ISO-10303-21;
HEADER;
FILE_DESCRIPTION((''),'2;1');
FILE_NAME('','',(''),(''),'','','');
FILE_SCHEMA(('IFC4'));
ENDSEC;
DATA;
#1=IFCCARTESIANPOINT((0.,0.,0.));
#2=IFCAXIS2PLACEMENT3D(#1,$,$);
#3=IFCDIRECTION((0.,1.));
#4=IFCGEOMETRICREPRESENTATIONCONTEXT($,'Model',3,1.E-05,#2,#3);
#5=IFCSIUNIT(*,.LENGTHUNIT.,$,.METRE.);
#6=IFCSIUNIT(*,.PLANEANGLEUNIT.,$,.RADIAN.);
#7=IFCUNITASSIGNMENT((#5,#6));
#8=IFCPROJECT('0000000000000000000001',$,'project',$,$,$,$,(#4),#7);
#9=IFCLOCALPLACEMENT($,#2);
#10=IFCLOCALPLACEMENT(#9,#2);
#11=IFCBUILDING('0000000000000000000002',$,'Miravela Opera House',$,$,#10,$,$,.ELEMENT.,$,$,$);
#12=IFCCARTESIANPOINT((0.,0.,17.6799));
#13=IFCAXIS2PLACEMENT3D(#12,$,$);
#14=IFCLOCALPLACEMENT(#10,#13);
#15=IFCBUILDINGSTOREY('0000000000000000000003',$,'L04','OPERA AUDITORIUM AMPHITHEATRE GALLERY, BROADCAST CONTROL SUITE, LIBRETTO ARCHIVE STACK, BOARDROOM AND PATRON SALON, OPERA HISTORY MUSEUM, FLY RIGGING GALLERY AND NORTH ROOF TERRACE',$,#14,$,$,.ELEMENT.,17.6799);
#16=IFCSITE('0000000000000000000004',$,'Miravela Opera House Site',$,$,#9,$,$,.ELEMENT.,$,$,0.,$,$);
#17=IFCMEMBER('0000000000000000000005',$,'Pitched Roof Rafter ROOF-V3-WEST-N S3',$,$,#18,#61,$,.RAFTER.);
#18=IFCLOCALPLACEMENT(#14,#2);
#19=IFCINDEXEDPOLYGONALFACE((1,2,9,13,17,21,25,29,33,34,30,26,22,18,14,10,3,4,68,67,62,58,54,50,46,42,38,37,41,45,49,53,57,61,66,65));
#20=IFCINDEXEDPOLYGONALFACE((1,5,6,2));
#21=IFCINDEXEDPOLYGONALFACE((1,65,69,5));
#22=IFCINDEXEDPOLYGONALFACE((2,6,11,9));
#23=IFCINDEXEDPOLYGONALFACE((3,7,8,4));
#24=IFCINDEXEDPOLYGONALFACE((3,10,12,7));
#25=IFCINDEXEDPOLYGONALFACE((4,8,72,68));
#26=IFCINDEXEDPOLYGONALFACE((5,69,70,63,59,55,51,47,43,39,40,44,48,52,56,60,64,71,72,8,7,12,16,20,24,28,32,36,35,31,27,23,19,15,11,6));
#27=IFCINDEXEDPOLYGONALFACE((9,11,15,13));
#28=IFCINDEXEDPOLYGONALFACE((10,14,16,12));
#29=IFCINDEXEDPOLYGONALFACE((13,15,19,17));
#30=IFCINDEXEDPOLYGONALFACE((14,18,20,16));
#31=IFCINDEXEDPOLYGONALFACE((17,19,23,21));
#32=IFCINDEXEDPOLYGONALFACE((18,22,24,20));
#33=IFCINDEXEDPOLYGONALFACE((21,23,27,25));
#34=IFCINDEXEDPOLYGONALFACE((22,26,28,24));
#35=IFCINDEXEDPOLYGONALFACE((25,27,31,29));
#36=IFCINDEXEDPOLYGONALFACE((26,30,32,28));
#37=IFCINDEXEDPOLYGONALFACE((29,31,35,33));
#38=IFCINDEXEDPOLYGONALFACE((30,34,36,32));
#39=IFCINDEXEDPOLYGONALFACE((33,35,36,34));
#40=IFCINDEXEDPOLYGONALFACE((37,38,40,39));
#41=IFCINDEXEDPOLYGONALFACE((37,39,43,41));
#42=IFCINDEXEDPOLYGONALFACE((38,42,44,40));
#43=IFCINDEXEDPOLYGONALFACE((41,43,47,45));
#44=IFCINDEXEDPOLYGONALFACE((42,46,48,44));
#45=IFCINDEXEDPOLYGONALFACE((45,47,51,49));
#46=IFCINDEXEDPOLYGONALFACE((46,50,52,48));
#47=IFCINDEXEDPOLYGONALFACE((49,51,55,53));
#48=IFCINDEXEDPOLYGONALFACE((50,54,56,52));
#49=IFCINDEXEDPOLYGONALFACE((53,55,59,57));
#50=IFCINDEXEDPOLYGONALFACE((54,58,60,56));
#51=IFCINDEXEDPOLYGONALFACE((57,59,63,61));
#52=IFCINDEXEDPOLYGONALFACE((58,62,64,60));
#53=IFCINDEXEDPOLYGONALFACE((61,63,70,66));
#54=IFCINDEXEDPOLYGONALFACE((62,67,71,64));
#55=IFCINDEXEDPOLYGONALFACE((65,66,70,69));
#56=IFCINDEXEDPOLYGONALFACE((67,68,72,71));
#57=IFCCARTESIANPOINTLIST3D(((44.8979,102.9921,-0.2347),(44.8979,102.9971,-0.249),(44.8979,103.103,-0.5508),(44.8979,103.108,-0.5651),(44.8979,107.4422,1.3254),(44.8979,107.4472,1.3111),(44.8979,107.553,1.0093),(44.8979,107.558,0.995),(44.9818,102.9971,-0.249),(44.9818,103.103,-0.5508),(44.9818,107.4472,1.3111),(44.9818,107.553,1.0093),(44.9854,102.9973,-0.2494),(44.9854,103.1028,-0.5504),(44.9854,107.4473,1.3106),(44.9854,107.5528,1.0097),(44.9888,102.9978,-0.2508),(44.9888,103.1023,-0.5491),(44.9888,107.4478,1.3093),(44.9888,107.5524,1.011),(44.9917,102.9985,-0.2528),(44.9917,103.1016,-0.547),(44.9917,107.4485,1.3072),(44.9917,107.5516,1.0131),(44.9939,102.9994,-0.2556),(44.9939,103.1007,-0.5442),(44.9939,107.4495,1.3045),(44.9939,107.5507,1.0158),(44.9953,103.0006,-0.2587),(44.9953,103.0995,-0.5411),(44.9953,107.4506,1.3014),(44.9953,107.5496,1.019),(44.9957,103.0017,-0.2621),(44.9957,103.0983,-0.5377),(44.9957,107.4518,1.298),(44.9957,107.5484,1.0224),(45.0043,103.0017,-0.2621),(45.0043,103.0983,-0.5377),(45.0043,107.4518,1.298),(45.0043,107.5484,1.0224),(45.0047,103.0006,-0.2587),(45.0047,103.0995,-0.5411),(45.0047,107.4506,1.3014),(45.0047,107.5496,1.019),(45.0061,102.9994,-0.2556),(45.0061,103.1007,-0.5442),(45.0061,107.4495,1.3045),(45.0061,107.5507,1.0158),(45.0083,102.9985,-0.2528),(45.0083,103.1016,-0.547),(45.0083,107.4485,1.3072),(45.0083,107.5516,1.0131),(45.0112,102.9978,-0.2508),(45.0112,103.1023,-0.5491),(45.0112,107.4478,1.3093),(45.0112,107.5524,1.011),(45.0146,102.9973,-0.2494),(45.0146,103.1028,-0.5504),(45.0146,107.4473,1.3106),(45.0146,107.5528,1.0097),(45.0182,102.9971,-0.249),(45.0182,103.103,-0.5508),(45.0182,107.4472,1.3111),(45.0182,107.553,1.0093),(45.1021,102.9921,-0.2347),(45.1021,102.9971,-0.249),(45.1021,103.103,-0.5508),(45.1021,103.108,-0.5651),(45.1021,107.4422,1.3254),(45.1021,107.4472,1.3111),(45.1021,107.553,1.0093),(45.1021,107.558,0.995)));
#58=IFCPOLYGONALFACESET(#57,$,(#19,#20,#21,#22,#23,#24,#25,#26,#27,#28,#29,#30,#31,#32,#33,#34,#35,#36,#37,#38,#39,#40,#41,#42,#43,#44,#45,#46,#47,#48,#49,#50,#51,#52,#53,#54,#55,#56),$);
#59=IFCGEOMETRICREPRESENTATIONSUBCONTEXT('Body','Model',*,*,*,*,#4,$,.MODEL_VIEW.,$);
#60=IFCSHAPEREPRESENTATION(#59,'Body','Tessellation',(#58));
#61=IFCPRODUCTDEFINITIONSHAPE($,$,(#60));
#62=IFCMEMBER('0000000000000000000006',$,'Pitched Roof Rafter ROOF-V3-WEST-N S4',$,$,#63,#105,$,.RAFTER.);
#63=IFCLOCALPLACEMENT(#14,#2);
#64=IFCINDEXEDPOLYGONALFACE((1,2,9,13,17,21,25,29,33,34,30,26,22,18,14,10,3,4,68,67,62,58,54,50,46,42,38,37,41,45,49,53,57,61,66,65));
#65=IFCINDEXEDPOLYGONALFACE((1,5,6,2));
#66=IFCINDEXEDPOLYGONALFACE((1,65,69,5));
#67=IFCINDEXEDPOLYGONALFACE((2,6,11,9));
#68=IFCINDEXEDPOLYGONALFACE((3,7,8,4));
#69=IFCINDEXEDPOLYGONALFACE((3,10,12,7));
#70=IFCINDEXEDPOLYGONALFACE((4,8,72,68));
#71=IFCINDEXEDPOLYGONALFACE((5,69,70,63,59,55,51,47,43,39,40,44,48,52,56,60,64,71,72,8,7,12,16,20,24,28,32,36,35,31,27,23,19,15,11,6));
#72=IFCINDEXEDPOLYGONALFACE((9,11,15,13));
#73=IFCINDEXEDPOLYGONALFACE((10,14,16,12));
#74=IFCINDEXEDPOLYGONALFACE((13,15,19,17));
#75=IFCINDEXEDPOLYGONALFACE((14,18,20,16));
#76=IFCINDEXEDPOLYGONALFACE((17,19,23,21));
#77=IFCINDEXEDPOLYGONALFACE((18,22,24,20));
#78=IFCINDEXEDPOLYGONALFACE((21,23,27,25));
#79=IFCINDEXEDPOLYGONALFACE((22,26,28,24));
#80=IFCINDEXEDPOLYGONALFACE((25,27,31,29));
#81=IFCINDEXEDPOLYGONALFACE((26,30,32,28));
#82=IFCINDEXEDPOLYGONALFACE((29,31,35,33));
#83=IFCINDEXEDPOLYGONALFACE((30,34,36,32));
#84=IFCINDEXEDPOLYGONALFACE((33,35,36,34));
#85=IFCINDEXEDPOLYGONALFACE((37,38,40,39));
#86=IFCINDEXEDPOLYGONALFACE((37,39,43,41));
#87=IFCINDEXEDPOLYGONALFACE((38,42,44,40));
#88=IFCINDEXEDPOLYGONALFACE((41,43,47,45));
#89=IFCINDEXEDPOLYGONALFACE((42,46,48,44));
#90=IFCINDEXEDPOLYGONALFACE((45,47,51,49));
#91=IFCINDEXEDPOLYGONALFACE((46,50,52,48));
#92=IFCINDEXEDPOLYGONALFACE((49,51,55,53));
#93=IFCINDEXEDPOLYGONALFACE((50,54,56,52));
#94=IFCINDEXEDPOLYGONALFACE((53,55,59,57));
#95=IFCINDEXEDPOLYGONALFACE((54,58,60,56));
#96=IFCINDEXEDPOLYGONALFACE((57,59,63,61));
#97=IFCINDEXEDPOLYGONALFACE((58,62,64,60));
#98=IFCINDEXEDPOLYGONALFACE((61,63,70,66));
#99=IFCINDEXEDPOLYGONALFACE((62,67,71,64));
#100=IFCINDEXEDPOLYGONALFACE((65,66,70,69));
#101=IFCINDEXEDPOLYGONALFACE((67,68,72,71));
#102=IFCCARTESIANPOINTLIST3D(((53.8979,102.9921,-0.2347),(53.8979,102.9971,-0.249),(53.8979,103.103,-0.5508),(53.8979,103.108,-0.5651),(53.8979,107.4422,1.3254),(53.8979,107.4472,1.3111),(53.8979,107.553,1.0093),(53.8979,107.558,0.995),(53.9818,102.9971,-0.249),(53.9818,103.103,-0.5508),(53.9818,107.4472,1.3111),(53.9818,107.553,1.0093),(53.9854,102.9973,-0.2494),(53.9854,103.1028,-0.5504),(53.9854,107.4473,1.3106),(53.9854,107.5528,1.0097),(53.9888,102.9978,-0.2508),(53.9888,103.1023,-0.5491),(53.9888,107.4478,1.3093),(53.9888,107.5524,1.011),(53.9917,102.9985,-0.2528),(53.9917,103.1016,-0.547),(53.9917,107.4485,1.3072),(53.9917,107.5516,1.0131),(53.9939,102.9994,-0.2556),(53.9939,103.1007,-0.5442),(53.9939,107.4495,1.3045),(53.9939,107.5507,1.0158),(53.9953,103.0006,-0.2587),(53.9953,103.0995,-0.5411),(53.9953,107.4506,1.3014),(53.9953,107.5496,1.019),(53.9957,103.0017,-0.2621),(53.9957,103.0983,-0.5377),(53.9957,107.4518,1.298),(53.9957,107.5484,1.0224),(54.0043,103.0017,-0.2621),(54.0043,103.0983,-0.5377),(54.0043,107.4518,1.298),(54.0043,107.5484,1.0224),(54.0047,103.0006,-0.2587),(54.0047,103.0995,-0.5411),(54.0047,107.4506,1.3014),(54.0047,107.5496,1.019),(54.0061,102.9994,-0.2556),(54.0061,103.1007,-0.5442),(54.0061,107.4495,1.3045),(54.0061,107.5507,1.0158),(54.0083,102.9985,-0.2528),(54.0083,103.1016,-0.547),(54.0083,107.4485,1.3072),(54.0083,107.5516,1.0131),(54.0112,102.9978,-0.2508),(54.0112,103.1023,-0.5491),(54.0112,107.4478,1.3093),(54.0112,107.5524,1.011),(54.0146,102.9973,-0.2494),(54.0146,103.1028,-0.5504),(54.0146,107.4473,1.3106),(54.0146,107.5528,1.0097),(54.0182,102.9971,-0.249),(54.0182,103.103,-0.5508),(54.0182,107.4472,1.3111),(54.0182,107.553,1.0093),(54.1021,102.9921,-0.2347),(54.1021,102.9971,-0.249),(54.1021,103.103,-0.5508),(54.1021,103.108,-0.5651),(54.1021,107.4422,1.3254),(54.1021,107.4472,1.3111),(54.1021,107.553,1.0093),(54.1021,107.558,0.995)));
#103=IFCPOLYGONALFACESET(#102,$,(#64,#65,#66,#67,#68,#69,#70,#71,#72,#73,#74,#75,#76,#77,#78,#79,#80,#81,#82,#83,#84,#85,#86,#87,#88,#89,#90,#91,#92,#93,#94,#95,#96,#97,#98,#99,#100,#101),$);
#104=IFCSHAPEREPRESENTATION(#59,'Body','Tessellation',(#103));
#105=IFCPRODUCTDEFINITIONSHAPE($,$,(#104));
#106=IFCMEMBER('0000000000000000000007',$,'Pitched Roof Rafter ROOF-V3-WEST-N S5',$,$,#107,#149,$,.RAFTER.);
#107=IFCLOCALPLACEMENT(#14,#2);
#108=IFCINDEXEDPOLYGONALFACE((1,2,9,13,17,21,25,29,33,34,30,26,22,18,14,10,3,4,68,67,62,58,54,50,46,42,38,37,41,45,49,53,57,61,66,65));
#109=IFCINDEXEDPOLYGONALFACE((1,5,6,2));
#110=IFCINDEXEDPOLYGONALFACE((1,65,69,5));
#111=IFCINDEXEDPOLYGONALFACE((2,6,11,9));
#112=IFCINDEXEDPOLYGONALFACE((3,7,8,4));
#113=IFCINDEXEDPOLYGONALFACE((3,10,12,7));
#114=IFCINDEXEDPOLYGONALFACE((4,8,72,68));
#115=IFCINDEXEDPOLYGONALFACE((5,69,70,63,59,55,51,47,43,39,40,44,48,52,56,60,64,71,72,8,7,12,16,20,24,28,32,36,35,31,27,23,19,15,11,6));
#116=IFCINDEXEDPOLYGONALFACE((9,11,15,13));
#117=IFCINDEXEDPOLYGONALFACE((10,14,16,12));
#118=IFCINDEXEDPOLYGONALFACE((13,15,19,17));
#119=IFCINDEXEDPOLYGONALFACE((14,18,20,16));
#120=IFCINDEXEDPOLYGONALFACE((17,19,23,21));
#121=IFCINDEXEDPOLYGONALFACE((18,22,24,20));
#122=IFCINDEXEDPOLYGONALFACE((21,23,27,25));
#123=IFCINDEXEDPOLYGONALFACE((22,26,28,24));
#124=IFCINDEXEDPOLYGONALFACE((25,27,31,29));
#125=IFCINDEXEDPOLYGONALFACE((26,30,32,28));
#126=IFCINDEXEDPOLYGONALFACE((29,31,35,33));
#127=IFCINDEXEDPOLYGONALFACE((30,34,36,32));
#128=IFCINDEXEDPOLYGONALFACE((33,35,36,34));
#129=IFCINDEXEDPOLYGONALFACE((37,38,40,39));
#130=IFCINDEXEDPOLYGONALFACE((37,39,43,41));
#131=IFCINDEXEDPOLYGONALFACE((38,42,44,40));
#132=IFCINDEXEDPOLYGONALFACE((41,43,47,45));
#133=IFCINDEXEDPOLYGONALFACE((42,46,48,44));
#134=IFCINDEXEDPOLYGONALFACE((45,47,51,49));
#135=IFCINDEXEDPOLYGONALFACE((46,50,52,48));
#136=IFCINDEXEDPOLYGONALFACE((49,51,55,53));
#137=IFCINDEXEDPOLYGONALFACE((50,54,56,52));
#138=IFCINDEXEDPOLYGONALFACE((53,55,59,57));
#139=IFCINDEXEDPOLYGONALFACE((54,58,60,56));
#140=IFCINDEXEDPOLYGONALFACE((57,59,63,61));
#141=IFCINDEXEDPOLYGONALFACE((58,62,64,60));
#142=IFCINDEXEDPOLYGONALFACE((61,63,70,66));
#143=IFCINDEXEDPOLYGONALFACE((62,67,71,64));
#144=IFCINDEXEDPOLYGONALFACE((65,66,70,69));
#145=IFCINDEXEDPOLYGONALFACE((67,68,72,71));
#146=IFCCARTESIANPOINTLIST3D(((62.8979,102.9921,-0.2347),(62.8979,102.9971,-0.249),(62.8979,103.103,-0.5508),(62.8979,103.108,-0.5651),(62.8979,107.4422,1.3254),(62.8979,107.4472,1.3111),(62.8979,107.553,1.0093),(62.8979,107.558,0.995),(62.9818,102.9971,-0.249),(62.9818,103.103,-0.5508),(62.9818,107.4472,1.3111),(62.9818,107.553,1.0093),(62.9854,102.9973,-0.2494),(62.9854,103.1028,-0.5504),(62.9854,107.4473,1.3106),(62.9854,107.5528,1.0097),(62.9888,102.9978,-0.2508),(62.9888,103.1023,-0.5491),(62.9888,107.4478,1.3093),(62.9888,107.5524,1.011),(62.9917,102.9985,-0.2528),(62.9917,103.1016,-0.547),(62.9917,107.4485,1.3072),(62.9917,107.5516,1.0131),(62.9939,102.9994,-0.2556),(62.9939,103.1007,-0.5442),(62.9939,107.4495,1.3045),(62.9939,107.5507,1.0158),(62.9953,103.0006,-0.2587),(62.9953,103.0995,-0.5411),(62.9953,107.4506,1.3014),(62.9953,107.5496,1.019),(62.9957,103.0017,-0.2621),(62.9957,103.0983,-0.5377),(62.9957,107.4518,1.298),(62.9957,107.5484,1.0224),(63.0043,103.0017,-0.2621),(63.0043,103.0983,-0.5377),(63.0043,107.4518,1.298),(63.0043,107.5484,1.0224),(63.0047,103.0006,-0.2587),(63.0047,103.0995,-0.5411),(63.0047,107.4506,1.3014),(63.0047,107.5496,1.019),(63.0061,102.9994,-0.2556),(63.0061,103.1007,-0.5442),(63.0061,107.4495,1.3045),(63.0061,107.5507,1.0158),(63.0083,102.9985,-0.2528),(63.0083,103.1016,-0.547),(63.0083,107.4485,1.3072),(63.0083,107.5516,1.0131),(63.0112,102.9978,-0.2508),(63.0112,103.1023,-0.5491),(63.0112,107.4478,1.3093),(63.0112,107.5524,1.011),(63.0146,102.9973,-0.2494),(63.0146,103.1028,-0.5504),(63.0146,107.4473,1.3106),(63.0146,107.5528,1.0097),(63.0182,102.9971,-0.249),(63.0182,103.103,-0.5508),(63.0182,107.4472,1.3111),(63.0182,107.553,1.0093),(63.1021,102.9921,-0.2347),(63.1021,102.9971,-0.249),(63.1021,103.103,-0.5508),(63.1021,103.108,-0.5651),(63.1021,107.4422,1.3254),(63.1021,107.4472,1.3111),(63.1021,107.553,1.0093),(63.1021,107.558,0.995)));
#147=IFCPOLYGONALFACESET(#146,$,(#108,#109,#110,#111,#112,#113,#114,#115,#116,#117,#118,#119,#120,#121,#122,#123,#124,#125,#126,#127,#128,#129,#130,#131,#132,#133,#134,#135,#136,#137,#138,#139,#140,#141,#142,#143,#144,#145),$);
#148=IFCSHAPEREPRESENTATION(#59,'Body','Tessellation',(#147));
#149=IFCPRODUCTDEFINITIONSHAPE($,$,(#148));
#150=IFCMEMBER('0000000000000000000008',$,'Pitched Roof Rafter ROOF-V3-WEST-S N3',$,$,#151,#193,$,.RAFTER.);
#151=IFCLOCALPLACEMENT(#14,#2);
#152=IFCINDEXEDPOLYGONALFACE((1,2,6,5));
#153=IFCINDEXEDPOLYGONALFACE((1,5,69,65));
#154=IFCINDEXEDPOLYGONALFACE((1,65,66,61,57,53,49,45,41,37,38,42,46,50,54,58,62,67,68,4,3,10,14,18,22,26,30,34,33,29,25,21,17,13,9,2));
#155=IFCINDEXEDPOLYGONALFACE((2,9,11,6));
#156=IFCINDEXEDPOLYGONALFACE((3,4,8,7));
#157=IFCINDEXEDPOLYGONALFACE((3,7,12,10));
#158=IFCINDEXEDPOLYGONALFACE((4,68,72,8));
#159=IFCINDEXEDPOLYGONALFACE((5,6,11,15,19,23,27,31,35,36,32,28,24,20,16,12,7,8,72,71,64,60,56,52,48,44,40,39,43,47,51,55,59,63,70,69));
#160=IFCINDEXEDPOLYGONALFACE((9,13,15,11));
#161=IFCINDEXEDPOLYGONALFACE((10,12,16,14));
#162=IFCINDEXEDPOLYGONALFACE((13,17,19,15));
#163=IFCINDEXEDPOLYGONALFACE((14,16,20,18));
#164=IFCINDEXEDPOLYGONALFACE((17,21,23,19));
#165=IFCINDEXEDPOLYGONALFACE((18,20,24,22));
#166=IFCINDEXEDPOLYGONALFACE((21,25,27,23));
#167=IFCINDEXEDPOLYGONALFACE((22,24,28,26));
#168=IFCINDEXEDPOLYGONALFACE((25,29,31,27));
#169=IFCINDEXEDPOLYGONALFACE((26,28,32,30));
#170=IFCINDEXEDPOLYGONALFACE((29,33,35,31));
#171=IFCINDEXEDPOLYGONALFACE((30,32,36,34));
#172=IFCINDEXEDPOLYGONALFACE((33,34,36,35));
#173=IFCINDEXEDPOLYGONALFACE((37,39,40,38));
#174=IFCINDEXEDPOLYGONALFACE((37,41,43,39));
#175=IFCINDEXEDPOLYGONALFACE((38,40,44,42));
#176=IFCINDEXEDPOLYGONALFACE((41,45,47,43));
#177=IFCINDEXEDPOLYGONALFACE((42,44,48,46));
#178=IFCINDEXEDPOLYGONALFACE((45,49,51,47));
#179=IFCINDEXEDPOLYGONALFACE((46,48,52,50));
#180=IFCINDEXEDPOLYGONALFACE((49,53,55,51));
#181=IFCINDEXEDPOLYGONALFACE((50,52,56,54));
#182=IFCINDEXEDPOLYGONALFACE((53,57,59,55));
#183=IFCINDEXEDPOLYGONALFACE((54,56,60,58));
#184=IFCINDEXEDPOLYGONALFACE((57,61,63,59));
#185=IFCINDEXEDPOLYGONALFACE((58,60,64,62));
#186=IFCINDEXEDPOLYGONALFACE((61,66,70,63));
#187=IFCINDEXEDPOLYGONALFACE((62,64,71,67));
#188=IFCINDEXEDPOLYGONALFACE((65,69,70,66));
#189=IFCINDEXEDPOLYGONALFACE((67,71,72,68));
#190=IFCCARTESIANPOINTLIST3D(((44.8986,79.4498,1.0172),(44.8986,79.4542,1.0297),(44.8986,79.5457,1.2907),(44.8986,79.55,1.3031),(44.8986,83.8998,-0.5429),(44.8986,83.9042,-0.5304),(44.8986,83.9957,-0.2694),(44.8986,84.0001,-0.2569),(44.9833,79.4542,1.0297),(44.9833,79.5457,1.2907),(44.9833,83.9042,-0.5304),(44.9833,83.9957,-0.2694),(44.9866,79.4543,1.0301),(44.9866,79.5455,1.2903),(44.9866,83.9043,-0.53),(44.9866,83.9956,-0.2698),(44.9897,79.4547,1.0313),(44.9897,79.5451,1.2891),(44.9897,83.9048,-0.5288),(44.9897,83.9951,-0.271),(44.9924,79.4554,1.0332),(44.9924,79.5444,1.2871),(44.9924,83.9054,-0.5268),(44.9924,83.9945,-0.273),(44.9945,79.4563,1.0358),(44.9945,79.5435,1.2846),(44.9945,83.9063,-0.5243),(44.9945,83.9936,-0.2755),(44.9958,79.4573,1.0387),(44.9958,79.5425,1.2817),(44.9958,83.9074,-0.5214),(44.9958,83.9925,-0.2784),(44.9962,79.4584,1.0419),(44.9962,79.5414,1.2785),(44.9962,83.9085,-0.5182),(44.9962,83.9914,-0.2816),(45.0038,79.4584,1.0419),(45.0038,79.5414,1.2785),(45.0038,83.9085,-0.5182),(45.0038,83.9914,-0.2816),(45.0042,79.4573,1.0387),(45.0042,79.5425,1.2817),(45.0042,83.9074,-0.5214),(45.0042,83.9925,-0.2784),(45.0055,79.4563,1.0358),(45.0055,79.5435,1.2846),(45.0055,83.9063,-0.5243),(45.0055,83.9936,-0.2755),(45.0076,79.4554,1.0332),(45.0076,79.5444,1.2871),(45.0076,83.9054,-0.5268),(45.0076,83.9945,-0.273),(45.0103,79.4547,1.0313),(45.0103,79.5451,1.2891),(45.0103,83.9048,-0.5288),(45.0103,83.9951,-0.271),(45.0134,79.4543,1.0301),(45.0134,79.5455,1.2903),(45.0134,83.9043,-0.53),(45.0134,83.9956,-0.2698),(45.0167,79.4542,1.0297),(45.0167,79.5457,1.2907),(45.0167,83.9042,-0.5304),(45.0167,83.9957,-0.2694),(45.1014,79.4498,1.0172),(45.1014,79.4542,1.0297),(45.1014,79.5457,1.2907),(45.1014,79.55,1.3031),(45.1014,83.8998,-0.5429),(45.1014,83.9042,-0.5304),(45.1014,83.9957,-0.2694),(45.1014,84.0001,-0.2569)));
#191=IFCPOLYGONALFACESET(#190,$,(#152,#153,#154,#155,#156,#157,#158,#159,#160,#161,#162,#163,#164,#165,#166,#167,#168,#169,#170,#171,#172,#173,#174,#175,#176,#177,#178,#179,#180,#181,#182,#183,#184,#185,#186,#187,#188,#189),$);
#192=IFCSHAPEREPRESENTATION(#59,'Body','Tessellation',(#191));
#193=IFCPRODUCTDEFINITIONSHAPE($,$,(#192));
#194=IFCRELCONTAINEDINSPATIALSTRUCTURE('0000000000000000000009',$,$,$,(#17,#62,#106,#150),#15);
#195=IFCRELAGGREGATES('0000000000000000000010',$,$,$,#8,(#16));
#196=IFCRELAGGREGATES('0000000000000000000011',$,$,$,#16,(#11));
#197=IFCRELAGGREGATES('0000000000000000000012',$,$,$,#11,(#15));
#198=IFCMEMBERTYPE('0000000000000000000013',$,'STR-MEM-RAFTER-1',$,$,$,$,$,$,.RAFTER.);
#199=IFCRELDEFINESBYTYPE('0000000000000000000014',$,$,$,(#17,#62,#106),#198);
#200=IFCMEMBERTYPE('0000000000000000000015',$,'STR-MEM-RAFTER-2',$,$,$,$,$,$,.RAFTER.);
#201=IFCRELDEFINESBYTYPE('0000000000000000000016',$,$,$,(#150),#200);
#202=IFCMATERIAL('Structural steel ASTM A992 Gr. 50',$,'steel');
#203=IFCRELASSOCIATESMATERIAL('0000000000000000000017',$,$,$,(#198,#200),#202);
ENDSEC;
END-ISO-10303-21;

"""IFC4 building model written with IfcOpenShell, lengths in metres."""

from ifc_helpers import new_model, si_unit, direction, frame, origin, origin_2d, place, context, subcontext, project, spatial, i_section, extrude, material, material_profile, profile_set, type_object, element, save


model = new_model("IFC4")

# Units and contexts
model_context = context("Model", 3, precision=1e-05, world=origin(), true_north=direction((0.0, 1.0)))
body_context = subcontext(model_context, "Body", "Model", "MODEL_VIEW")
ifc_project = project(units=[si_unit("LENGTHUNIT", "METRE"), si_unit("PLANEANGLEUNIT", "RADIAN")], contexts=[model_context])

# Site, building, storey
site_placement = place(None, origin())
site = spatial("IfcSite", under=ifc_project, at=site_placement, Name="Miravela Opera House Site", CompositionType="ELEMENT", RefElevation=0.0)
building_placement = place(site_placement, origin())
building = spatial("IfcBuilding", under=site, at=building_placement, Name="Miravela Opera House", CompositionType="ELEMENT")
storey_placement = place(building_placement, frame((0.0, 0.0, 17.6799)))
storey = spatial("IfcBuildingStorey", under=building, at=storey_placement, Name="L04", Description="OPERA AUDITORIUM AMPHITHEATRE GALLERY, BROADCAST CONTROL SUITE, LIBRETTO ARCHIVE STACK, BOARDROOM AND PATRON SALON, OPERA HISTORY MUSEUM, FLY RIGGING GALLERY AND NORTH ROOF TERRACE", CompositionType="ELEMENT", Elevation=17.6799)

# Shared definitions
ifc_material_1 = material(Name="Structural steel ASTM A992 Gr. 50", Category="steel")

# Members
ifc_material_profile_1 = material_profile(ifc_material_1, i_section(OverallWidth=0.2041, OverallDepth=0.3501, WebThickness=0.0085, FlangeThickness=0.0151, FilletRadius=0.0139, at=origin_2d()), Name="W360X72")
ifc_profile_set_1 = profile_set([ifc_material_profile_1])
member_type_1 = type_object("IfcMemberType", Name="STR-MEM-RAFTER-1", PredefinedType="RAFTER", material=ifc_profile_set_1)
for number, where, z_axis, x_axis, name in (
    (1, (45.0, 103.05, -0.3999), (0.0, 0.943688, 0.330837), (-1.0, 0.0, 0.0), "Pitched Roof Rafter ROOF-V3-WEST-N S3"),
    (2, (54.0, 103.05, -0.3999), (0.0, 0.943688, 0.330837), (-1.0, 0.0, 0.0), "Pitched Roof Rafter ROOF-V3-WEST-N S4"),
    (3, (63.0, 103.05, -0.3999), (0.0, 0.943688, 0.330837), (-1.0, 0.0, 0.0), "Pitched Roof Rafter ROOF-V3-WEST-N S5"),
):
    element("IfcMember", number, at=place(storey_placement, frame(where, z_axis=z_axis, x_axis=x_axis)), inside=storey, type_object=member_type_1, Name=name, PredefinedType="RAFTER", context=body_context, shape_type="SweptSolid", body=[
        extrude(i_section(OverallWidth=0.2041, OverallDepth=0.3501, WebThickness=0.0085, FlangeThickness=0.0151, FilletRadius=0.0139, at=origin_2d()), origin(), (0.0, 0.0, 1.0), 4.7156),
    ])
ifc_material_profile_2 = material_profile(ifc_material_1, i_section(OverallWidth=0.2029, OverallDepth=0.303, WebThickness=0.0076, FlangeThickness=0.0132, FilletRadius=0.0129, at=origin_2d()), Name="W310X60")
ifc_profile_set_2 = profile_set([ifc_material_profile_2])
member_type_2 = type_object("IfcMemberType", Name="STR-MEM-RAFTER-2", PredefinedType="RAFTER", material=ifc_profile_set_2)
for number, where, z_axis, x_axis, name in (
    (4, (45.0, 83.95, -0.3999), (0.0, -0.943688, 0.330837), (1.0, 0.0, 0.0), "Pitched Roof Rafter ROOF-V3-WEST-S N3"),
):
    element("IfcMember", number, at=place(storey_placement, frame(where, z_axis=z_axis, x_axis=x_axis)), inside=storey, type_object=member_type_2, Name=name, PredefinedType="RAFTER", context=body_context, shape_type="SweptSolid", body=[
        extrude(i_section(OverallWidth=0.2029, OverallDepth=0.303, WebThickness=0.0076, FlangeThickness=0.0132, FilletRadius=0.0129, at=origin_2d()), origin(), (0.0, 0.0, 1.0), 4.7156),
    ])

save(model, "model.ifc")
